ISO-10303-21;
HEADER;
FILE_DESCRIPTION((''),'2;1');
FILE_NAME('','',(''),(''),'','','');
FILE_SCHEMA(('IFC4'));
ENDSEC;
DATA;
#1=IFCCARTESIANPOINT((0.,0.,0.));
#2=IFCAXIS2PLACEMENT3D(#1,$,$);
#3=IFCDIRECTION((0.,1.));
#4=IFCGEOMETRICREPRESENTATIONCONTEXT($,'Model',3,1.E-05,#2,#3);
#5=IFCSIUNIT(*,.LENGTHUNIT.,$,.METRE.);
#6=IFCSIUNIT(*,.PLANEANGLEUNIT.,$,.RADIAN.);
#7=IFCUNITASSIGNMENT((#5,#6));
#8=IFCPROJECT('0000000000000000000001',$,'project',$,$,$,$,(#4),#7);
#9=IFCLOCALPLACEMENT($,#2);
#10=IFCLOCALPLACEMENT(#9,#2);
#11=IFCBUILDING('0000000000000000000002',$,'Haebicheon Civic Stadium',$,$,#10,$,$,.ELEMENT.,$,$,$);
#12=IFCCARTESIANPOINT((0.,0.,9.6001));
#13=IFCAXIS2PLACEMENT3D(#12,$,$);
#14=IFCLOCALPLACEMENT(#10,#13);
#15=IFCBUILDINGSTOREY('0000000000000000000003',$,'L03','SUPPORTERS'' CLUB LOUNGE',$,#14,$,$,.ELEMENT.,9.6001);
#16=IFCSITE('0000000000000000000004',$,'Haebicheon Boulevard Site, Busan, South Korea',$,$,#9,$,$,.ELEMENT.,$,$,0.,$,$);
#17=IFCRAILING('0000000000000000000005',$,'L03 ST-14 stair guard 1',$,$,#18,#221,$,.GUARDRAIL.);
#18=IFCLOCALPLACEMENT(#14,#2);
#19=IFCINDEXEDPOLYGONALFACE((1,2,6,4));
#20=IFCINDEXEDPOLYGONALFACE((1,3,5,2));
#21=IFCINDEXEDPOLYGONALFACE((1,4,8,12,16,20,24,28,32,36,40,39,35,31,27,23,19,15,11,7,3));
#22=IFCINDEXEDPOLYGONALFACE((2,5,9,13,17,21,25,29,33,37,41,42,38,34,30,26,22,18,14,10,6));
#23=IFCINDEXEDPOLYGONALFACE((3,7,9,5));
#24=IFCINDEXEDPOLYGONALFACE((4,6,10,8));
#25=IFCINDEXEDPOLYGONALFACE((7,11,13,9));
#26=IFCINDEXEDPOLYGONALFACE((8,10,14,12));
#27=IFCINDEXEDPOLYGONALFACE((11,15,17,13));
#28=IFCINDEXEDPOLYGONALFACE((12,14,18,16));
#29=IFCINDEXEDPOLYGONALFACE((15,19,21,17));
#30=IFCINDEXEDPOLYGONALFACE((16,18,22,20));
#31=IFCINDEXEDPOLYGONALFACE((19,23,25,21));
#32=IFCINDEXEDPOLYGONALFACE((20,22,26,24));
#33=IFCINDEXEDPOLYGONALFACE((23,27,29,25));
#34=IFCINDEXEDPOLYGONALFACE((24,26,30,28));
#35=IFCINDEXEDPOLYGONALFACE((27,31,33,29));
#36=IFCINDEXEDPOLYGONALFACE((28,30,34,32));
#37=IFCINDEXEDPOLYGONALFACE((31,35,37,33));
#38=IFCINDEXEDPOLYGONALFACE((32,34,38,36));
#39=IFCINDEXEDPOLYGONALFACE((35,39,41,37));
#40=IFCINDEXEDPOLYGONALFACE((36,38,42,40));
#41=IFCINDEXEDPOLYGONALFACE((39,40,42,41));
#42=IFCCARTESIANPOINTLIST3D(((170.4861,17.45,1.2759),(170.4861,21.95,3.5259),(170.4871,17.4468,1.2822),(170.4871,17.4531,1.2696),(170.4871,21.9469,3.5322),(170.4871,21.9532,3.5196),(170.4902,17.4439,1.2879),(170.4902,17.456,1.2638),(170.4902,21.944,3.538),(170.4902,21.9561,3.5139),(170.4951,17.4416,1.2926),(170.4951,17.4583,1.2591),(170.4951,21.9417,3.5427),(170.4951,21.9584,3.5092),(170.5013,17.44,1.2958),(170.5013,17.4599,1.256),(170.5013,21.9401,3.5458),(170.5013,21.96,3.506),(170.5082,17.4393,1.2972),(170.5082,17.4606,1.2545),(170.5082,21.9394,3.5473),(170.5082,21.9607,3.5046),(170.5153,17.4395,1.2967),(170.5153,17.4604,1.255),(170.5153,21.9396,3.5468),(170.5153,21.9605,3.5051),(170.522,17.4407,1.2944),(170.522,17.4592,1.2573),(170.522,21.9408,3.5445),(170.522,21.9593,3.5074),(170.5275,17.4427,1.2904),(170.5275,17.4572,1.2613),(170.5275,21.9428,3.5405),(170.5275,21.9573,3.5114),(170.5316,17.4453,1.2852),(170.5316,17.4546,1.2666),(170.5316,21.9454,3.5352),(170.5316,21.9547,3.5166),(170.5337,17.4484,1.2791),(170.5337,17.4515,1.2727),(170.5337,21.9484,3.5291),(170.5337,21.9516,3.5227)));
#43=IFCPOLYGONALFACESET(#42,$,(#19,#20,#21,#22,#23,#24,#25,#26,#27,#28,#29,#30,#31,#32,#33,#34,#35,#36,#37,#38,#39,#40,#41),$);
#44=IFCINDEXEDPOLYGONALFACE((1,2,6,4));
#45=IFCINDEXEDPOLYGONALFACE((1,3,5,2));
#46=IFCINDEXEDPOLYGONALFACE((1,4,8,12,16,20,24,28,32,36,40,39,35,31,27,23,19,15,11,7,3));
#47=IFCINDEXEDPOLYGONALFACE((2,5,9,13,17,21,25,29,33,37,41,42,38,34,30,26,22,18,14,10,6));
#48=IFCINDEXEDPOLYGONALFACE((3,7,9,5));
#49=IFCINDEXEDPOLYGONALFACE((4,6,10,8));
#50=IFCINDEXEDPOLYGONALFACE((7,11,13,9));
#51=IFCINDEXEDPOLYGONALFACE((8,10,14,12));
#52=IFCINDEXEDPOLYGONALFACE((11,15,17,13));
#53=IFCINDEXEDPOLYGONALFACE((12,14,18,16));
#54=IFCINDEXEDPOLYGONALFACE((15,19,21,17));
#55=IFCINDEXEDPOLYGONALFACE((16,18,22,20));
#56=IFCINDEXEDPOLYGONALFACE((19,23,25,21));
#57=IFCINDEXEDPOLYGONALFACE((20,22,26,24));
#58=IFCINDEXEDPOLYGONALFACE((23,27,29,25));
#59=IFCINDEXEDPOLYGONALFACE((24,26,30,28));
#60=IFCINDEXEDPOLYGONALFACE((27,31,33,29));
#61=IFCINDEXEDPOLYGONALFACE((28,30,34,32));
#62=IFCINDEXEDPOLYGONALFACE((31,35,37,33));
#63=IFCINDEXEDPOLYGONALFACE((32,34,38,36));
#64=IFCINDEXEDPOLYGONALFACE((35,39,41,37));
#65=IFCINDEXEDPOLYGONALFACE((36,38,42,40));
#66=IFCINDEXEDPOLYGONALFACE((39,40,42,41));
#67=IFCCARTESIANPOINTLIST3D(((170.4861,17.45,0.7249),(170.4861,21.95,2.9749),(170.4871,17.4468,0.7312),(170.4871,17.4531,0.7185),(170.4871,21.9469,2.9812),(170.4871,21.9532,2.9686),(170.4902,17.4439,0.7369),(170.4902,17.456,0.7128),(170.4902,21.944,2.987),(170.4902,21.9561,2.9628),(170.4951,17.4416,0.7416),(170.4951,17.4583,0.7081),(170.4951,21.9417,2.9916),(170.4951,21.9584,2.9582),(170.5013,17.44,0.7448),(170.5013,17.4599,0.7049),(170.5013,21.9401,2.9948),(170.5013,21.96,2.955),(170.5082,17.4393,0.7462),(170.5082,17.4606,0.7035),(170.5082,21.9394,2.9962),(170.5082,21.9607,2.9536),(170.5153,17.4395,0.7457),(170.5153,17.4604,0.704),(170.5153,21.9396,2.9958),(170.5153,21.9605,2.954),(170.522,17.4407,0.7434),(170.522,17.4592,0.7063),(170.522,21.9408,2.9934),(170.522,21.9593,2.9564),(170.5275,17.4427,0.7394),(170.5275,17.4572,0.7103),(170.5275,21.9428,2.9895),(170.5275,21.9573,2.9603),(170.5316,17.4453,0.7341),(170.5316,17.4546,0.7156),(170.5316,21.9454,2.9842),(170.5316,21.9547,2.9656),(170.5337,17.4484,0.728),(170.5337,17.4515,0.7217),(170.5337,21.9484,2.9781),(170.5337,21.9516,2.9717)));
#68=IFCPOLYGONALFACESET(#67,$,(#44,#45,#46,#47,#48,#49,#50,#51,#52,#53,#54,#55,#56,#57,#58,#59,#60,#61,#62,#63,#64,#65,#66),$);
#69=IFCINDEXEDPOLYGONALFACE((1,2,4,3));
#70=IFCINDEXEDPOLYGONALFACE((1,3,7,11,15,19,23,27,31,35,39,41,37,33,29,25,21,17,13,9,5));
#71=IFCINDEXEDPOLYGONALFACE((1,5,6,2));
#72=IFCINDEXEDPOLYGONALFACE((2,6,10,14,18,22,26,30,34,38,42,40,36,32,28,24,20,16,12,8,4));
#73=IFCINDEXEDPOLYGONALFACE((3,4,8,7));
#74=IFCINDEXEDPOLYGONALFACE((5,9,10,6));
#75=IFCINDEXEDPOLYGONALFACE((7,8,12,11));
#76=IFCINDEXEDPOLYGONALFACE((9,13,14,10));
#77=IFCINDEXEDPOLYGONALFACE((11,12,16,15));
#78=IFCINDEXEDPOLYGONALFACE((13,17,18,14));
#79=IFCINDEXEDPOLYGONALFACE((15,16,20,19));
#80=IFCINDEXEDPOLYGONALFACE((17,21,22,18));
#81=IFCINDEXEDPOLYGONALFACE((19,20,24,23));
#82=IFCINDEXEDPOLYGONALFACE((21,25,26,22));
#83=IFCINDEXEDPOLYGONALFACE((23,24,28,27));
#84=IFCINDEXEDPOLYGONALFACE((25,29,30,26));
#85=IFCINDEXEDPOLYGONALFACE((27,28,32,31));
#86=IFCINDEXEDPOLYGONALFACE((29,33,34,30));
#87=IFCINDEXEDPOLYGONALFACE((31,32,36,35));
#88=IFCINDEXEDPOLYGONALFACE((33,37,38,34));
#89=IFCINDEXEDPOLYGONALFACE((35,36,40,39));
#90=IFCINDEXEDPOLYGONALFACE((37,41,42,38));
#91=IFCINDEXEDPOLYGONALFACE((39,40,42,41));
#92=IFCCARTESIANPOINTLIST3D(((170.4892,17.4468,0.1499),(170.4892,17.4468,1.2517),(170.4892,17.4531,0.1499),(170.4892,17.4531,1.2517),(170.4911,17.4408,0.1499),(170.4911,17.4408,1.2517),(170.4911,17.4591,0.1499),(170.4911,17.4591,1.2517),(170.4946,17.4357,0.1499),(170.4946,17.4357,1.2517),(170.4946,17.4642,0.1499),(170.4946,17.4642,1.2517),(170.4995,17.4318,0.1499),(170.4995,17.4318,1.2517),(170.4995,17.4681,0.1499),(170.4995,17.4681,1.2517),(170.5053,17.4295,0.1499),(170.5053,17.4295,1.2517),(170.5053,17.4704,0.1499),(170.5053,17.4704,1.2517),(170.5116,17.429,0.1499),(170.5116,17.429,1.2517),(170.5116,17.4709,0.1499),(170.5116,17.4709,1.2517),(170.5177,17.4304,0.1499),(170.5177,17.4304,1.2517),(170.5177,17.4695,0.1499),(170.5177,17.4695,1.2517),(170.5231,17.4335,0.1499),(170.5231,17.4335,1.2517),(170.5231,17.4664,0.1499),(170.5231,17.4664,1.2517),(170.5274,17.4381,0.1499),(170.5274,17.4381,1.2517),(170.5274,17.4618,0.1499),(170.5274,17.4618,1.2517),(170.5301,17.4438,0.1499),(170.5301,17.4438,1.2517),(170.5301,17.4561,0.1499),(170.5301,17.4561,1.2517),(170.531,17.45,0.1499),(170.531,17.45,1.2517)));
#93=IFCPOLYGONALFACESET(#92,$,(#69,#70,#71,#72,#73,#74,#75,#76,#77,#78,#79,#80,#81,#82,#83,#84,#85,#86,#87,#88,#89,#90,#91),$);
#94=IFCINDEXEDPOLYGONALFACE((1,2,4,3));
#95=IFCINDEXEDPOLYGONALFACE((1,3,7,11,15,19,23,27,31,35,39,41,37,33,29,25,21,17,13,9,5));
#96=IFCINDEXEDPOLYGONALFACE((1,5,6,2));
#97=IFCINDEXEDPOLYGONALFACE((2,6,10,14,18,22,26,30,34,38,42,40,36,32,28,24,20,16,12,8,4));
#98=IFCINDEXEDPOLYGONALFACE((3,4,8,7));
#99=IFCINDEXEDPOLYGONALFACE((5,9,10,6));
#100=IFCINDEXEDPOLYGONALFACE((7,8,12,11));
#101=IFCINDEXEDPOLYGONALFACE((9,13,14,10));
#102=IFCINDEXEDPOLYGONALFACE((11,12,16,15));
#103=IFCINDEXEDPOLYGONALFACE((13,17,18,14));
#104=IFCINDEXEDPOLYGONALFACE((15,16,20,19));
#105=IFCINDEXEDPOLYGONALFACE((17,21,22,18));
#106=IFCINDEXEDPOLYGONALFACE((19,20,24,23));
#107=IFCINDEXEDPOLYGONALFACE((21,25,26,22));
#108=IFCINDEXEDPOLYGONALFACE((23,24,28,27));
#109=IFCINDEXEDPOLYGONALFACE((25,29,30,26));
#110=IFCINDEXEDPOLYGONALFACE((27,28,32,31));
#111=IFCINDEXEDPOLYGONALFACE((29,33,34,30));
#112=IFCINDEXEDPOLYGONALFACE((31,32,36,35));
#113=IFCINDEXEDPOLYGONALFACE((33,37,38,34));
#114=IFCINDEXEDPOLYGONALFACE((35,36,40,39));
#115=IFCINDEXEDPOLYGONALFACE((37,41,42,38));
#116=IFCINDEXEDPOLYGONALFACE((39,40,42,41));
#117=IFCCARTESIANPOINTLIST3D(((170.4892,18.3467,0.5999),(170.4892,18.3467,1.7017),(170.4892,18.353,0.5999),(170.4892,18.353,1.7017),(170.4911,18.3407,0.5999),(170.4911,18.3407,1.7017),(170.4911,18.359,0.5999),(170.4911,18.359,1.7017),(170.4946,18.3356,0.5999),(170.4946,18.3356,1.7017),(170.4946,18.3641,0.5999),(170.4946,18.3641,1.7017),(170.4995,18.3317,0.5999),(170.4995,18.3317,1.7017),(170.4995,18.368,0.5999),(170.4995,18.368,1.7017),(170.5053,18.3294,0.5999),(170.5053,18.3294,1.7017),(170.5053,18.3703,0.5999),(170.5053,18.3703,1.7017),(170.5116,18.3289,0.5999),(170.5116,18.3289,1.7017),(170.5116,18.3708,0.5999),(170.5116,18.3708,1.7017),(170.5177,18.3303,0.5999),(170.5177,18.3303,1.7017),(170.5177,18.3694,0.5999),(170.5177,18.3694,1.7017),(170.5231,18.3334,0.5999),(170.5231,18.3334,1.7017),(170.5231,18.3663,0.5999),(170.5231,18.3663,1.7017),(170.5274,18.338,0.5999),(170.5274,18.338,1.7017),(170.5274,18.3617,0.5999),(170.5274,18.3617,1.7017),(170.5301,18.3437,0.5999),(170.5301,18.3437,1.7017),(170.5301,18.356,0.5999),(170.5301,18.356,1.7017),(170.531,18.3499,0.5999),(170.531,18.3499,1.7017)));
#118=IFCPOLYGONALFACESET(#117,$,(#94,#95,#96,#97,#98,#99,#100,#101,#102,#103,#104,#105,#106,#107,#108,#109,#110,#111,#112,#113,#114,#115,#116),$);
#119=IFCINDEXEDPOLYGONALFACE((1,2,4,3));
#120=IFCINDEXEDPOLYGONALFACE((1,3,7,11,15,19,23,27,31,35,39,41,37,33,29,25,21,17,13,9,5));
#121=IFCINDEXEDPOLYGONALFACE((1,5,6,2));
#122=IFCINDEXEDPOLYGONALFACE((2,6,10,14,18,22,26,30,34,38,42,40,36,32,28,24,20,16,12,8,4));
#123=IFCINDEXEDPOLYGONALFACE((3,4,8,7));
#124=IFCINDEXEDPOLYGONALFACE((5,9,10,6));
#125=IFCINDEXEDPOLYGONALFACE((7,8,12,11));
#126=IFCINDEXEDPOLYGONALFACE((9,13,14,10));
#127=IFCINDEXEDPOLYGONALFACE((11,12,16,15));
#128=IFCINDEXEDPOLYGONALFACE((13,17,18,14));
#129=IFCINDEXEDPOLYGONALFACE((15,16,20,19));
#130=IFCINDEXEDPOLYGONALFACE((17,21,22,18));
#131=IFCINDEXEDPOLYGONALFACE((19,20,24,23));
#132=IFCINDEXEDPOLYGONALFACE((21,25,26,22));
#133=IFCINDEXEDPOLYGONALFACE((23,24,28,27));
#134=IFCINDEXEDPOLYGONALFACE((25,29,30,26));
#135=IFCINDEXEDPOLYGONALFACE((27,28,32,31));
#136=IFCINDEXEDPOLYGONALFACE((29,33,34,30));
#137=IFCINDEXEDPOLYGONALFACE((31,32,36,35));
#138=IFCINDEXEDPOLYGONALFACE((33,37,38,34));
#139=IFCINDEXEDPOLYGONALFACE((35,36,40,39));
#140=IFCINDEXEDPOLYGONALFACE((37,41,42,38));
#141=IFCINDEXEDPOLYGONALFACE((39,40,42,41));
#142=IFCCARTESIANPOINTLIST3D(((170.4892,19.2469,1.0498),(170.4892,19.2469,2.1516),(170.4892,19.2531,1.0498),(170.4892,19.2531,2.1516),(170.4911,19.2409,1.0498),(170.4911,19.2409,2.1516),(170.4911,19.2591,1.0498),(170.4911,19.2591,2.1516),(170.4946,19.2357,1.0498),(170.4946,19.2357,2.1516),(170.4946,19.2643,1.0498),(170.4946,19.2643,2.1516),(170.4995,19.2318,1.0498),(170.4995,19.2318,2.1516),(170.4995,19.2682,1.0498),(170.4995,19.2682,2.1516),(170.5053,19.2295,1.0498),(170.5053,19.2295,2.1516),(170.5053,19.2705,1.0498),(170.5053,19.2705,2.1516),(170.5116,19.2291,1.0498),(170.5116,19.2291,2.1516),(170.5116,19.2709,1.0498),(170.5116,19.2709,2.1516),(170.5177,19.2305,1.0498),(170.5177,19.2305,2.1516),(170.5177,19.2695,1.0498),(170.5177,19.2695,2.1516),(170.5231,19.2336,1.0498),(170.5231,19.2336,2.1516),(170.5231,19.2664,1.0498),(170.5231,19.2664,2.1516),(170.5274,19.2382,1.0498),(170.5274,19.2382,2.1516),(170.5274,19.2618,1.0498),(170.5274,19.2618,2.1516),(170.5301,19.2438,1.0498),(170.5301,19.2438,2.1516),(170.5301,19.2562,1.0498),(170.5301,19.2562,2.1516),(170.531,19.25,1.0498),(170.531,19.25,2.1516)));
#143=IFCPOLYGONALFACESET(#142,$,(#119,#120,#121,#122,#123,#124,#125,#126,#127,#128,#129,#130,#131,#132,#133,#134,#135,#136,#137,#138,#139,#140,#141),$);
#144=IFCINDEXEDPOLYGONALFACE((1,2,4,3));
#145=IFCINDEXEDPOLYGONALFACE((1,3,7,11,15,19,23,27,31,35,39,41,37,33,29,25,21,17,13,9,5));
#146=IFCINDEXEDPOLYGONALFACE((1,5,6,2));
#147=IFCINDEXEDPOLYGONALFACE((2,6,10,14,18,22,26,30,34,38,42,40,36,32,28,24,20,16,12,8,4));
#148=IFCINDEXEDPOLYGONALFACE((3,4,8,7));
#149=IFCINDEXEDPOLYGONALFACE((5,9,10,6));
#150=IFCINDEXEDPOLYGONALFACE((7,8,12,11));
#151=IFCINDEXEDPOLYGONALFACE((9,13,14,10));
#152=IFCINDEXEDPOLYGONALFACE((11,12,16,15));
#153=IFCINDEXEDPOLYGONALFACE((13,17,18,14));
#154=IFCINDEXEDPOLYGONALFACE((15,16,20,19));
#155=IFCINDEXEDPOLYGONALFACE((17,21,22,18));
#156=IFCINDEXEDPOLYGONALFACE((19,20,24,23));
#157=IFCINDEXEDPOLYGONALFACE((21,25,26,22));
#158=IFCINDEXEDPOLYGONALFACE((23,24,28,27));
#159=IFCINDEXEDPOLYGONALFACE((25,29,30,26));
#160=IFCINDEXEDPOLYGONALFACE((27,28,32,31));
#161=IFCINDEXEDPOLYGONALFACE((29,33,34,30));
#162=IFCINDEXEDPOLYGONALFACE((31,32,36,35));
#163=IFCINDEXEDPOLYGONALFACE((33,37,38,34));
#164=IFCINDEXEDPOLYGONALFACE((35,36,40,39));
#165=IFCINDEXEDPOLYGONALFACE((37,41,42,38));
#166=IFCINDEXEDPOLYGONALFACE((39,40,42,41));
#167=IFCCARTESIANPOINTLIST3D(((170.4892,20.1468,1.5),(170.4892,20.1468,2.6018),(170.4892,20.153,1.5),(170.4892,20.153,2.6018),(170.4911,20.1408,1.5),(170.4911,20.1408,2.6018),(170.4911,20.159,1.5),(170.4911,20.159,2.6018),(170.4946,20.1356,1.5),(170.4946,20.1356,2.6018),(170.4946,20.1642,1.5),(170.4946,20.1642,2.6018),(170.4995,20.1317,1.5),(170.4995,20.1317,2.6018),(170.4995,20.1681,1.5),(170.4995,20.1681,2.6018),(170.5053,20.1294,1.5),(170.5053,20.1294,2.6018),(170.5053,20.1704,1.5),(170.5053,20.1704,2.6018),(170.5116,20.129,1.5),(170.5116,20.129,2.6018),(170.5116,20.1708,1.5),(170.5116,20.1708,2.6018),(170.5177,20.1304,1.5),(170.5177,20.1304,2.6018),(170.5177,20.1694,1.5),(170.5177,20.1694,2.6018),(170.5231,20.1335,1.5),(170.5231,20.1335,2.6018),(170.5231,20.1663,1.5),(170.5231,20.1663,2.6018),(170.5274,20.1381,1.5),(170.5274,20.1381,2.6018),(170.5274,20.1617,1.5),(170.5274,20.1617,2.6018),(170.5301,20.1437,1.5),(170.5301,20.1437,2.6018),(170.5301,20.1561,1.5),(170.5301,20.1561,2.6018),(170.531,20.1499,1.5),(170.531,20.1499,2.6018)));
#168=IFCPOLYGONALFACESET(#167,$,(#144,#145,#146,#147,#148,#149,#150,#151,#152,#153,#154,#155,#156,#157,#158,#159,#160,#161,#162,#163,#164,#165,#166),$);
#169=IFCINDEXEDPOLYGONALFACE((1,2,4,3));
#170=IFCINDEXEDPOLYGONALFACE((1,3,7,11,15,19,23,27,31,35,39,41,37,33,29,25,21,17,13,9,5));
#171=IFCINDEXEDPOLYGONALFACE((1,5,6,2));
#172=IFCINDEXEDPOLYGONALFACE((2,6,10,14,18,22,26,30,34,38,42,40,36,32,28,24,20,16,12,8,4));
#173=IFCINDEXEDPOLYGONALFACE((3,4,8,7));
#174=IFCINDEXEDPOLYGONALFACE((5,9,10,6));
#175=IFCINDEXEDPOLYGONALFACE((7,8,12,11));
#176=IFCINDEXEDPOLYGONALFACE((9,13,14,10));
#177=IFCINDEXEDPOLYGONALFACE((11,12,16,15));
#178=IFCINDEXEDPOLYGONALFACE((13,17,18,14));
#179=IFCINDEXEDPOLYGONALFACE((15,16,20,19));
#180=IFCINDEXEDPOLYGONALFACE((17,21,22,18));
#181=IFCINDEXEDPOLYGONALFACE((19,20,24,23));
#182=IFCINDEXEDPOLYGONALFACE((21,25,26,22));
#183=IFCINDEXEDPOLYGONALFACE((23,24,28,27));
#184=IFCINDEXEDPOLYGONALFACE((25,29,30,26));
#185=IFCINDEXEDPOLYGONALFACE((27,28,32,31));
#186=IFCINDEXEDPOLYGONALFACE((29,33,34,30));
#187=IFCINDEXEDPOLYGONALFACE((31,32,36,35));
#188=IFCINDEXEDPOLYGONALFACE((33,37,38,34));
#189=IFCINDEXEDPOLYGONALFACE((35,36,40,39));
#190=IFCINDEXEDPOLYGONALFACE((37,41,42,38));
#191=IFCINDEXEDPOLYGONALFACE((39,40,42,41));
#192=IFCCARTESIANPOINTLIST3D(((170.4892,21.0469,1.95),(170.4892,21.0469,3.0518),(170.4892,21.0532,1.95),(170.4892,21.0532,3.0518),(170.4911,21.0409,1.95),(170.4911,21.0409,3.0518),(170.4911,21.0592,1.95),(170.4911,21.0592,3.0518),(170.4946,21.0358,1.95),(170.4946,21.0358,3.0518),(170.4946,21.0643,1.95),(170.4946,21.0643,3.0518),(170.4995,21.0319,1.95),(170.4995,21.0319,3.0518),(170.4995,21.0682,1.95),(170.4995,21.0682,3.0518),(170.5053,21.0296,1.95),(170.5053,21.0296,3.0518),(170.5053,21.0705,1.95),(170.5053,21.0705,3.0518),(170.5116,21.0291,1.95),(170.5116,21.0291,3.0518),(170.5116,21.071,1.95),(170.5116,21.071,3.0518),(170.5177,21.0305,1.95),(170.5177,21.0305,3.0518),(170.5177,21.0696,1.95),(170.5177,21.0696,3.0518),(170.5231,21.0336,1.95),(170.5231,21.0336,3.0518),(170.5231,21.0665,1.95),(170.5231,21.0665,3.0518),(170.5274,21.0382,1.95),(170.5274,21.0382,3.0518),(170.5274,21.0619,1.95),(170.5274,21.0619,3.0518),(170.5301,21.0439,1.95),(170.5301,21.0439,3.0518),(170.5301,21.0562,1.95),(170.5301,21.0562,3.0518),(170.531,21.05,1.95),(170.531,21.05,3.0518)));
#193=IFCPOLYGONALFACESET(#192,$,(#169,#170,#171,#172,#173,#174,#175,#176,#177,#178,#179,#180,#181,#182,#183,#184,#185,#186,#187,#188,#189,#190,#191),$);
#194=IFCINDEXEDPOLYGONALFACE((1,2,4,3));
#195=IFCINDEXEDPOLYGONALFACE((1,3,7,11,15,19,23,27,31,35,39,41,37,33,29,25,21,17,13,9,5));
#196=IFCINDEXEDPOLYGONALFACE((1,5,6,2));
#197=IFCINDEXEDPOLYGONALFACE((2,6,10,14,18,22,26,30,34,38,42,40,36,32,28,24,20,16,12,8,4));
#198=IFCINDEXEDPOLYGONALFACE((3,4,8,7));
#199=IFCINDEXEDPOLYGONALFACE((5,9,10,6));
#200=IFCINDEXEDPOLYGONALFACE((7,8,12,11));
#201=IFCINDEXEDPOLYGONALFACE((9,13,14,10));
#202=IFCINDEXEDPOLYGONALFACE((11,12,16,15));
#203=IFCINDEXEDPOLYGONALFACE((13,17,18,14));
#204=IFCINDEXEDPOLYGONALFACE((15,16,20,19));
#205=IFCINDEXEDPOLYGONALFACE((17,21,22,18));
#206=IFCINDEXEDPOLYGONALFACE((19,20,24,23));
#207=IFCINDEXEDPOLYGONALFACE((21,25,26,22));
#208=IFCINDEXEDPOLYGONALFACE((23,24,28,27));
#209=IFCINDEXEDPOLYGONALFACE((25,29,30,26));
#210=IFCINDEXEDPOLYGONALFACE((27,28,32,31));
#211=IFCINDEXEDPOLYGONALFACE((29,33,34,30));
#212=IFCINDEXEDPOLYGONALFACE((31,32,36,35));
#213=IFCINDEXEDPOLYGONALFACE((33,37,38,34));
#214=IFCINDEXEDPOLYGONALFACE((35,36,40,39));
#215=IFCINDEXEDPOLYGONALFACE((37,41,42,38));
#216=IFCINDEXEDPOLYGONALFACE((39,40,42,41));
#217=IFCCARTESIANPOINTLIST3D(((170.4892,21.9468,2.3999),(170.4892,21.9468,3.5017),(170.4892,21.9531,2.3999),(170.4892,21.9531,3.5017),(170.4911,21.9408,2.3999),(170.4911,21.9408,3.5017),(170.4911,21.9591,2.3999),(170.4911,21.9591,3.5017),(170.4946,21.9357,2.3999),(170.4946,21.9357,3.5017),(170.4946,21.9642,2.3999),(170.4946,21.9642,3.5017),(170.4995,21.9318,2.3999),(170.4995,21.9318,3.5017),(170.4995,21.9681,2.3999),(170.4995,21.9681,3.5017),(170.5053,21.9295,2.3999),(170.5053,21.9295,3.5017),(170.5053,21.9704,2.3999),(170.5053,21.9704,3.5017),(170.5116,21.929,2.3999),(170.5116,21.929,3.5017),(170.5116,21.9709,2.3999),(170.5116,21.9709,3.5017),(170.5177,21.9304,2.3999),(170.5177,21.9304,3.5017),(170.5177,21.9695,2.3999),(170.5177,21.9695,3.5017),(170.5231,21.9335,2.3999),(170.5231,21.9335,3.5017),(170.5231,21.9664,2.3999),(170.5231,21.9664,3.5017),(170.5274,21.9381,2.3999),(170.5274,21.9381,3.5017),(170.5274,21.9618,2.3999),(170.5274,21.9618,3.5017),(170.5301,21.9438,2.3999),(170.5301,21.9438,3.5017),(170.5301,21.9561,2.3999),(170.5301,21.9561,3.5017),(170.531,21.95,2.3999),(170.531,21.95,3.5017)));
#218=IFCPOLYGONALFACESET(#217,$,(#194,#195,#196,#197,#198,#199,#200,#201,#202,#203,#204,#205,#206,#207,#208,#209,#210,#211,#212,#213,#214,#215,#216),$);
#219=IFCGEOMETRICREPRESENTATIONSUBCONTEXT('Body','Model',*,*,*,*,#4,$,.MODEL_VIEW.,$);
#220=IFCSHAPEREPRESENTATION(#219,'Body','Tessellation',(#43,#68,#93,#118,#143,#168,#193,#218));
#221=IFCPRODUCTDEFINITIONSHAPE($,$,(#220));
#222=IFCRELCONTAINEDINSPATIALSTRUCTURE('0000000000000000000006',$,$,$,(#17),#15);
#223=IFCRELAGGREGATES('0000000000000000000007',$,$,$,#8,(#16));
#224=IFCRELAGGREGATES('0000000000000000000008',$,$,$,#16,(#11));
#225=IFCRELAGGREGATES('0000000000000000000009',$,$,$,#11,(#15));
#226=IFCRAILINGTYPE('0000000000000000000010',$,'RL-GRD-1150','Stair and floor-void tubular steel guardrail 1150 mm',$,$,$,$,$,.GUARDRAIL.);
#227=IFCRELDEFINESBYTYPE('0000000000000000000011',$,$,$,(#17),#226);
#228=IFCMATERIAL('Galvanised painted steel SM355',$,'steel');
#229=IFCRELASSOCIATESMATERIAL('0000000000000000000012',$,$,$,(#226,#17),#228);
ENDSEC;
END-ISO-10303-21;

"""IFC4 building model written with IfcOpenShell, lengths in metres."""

from ifc_helpers import new_model, si_unit, direction, frame, origin, origin_2d, place, context, subcontext, project, spatial, circle, extrude, material, type_object, element, save


model = new_model("IFC4")

# Units and contexts
model_context = context("Model", 3, precision=1e-05, world=origin(), true_north=direction((0.0, 1.0)))
body_context = subcontext(model_context, "Body", "Model", "MODEL_VIEW")
ifc_project = project(units=[si_unit("LENGTHUNIT", "METRE"), si_unit("PLANEANGLEUNIT", "RADIAN")], contexts=[model_context])

# Site, building, storey
site_placement = place(None, origin())
site = spatial("IfcSite", under=ifc_project, at=site_placement, Name="Haebicheon Boulevard Site, Busan, South Korea", CompositionType="ELEMENT", RefElevation=0.0)
building_placement = place(site_placement, origin())
building = spatial("IfcBuilding", under=site, at=building_placement, Name="Haebicheon Civic Stadium", CompositionType="ELEMENT")
storey_placement = place(building_placement, frame((0.0, 0.0, 9.6001)))
storey = spatial("IfcBuildingStorey", under=building, at=storey_placement, Name="L03", Description="SUPPORTERS' CLUB LOUNGE", CompositionType="ELEMENT", Elevation=9.6001)

# Railing
ifc_material_1 = material(Name="Galvanised painted steel SM355", Category="steel")
railing_type_1 = type_object("IfcRailingType", Name="RL-GRD-1150", Description="Stair and floor-void tubular steel guardrail 1150 mm", PredefinedType="GUARDRAIL", material=ifc_material_1)
railing_1_placement = place(storey_placement, frame((170.51, 17.45, 0.1499)))
element("IfcRailing", 1, at=railing_1_placement, inside=storey, type_object=railing_type_1, material=ifc_material_1, Name="L03 ST-14 stair guard 1", PredefinedType="GUARDRAIL", context=body_context, shape_type="SweptSolid", body=[
    extrude(circle(Radius=0.0239, at=origin_2d()), frame((0.0, 0.0, 1.126), z_axis=(0.0, 0.894427, 0.447214), x_axis=(-1.0, 0.0, 0.0)), (0.0, 0.0, 1.0), 5.0312),
    extrude(circle(Radius=0.0239, at=origin_2d()), frame((0.0, 0.0, 0.575), z_axis=(0.0, 0.894427, 0.447214), x_axis=(-1.0, 0.0, 0.0)), (0.0, 0.0, 1.0), 5.0312),
    extrude(circle(Radius=0.021, at=origin_2d()), origin(), (0.0, 0.0, 1.0), 1.1018),
    extrude(circle(Radius=0.021, at=origin_2d()), frame((0.0, 0.8999, 0.45)), (0.0, 0.0, 1.0), 1.1018),
    extrude(circle(Radius=0.021, at=origin_2d()), frame((0.0, 1.8, 0.8999)), (0.0, 0.0, 1.0), 1.1018),
    extrude(circle(Radius=0.021, at=origin_2d()), frame((0.0, 2.7, 1.3501)), (0.0, 0.0, 1.0), 1.1018),
    extrude(circle(Radius=0.021, at=origin_2d()), frame((0.0, 3.6001, 1.8)), (0.0, 0.0, 1.0), 1.1018),
    extrude(circle(Radius=0.021, at=origin_2d()), frame((0.0, 4.5, 2.25)), (0.0, 0.0, 1.0), 1.1018),
])

save(model, "model.ifc")
